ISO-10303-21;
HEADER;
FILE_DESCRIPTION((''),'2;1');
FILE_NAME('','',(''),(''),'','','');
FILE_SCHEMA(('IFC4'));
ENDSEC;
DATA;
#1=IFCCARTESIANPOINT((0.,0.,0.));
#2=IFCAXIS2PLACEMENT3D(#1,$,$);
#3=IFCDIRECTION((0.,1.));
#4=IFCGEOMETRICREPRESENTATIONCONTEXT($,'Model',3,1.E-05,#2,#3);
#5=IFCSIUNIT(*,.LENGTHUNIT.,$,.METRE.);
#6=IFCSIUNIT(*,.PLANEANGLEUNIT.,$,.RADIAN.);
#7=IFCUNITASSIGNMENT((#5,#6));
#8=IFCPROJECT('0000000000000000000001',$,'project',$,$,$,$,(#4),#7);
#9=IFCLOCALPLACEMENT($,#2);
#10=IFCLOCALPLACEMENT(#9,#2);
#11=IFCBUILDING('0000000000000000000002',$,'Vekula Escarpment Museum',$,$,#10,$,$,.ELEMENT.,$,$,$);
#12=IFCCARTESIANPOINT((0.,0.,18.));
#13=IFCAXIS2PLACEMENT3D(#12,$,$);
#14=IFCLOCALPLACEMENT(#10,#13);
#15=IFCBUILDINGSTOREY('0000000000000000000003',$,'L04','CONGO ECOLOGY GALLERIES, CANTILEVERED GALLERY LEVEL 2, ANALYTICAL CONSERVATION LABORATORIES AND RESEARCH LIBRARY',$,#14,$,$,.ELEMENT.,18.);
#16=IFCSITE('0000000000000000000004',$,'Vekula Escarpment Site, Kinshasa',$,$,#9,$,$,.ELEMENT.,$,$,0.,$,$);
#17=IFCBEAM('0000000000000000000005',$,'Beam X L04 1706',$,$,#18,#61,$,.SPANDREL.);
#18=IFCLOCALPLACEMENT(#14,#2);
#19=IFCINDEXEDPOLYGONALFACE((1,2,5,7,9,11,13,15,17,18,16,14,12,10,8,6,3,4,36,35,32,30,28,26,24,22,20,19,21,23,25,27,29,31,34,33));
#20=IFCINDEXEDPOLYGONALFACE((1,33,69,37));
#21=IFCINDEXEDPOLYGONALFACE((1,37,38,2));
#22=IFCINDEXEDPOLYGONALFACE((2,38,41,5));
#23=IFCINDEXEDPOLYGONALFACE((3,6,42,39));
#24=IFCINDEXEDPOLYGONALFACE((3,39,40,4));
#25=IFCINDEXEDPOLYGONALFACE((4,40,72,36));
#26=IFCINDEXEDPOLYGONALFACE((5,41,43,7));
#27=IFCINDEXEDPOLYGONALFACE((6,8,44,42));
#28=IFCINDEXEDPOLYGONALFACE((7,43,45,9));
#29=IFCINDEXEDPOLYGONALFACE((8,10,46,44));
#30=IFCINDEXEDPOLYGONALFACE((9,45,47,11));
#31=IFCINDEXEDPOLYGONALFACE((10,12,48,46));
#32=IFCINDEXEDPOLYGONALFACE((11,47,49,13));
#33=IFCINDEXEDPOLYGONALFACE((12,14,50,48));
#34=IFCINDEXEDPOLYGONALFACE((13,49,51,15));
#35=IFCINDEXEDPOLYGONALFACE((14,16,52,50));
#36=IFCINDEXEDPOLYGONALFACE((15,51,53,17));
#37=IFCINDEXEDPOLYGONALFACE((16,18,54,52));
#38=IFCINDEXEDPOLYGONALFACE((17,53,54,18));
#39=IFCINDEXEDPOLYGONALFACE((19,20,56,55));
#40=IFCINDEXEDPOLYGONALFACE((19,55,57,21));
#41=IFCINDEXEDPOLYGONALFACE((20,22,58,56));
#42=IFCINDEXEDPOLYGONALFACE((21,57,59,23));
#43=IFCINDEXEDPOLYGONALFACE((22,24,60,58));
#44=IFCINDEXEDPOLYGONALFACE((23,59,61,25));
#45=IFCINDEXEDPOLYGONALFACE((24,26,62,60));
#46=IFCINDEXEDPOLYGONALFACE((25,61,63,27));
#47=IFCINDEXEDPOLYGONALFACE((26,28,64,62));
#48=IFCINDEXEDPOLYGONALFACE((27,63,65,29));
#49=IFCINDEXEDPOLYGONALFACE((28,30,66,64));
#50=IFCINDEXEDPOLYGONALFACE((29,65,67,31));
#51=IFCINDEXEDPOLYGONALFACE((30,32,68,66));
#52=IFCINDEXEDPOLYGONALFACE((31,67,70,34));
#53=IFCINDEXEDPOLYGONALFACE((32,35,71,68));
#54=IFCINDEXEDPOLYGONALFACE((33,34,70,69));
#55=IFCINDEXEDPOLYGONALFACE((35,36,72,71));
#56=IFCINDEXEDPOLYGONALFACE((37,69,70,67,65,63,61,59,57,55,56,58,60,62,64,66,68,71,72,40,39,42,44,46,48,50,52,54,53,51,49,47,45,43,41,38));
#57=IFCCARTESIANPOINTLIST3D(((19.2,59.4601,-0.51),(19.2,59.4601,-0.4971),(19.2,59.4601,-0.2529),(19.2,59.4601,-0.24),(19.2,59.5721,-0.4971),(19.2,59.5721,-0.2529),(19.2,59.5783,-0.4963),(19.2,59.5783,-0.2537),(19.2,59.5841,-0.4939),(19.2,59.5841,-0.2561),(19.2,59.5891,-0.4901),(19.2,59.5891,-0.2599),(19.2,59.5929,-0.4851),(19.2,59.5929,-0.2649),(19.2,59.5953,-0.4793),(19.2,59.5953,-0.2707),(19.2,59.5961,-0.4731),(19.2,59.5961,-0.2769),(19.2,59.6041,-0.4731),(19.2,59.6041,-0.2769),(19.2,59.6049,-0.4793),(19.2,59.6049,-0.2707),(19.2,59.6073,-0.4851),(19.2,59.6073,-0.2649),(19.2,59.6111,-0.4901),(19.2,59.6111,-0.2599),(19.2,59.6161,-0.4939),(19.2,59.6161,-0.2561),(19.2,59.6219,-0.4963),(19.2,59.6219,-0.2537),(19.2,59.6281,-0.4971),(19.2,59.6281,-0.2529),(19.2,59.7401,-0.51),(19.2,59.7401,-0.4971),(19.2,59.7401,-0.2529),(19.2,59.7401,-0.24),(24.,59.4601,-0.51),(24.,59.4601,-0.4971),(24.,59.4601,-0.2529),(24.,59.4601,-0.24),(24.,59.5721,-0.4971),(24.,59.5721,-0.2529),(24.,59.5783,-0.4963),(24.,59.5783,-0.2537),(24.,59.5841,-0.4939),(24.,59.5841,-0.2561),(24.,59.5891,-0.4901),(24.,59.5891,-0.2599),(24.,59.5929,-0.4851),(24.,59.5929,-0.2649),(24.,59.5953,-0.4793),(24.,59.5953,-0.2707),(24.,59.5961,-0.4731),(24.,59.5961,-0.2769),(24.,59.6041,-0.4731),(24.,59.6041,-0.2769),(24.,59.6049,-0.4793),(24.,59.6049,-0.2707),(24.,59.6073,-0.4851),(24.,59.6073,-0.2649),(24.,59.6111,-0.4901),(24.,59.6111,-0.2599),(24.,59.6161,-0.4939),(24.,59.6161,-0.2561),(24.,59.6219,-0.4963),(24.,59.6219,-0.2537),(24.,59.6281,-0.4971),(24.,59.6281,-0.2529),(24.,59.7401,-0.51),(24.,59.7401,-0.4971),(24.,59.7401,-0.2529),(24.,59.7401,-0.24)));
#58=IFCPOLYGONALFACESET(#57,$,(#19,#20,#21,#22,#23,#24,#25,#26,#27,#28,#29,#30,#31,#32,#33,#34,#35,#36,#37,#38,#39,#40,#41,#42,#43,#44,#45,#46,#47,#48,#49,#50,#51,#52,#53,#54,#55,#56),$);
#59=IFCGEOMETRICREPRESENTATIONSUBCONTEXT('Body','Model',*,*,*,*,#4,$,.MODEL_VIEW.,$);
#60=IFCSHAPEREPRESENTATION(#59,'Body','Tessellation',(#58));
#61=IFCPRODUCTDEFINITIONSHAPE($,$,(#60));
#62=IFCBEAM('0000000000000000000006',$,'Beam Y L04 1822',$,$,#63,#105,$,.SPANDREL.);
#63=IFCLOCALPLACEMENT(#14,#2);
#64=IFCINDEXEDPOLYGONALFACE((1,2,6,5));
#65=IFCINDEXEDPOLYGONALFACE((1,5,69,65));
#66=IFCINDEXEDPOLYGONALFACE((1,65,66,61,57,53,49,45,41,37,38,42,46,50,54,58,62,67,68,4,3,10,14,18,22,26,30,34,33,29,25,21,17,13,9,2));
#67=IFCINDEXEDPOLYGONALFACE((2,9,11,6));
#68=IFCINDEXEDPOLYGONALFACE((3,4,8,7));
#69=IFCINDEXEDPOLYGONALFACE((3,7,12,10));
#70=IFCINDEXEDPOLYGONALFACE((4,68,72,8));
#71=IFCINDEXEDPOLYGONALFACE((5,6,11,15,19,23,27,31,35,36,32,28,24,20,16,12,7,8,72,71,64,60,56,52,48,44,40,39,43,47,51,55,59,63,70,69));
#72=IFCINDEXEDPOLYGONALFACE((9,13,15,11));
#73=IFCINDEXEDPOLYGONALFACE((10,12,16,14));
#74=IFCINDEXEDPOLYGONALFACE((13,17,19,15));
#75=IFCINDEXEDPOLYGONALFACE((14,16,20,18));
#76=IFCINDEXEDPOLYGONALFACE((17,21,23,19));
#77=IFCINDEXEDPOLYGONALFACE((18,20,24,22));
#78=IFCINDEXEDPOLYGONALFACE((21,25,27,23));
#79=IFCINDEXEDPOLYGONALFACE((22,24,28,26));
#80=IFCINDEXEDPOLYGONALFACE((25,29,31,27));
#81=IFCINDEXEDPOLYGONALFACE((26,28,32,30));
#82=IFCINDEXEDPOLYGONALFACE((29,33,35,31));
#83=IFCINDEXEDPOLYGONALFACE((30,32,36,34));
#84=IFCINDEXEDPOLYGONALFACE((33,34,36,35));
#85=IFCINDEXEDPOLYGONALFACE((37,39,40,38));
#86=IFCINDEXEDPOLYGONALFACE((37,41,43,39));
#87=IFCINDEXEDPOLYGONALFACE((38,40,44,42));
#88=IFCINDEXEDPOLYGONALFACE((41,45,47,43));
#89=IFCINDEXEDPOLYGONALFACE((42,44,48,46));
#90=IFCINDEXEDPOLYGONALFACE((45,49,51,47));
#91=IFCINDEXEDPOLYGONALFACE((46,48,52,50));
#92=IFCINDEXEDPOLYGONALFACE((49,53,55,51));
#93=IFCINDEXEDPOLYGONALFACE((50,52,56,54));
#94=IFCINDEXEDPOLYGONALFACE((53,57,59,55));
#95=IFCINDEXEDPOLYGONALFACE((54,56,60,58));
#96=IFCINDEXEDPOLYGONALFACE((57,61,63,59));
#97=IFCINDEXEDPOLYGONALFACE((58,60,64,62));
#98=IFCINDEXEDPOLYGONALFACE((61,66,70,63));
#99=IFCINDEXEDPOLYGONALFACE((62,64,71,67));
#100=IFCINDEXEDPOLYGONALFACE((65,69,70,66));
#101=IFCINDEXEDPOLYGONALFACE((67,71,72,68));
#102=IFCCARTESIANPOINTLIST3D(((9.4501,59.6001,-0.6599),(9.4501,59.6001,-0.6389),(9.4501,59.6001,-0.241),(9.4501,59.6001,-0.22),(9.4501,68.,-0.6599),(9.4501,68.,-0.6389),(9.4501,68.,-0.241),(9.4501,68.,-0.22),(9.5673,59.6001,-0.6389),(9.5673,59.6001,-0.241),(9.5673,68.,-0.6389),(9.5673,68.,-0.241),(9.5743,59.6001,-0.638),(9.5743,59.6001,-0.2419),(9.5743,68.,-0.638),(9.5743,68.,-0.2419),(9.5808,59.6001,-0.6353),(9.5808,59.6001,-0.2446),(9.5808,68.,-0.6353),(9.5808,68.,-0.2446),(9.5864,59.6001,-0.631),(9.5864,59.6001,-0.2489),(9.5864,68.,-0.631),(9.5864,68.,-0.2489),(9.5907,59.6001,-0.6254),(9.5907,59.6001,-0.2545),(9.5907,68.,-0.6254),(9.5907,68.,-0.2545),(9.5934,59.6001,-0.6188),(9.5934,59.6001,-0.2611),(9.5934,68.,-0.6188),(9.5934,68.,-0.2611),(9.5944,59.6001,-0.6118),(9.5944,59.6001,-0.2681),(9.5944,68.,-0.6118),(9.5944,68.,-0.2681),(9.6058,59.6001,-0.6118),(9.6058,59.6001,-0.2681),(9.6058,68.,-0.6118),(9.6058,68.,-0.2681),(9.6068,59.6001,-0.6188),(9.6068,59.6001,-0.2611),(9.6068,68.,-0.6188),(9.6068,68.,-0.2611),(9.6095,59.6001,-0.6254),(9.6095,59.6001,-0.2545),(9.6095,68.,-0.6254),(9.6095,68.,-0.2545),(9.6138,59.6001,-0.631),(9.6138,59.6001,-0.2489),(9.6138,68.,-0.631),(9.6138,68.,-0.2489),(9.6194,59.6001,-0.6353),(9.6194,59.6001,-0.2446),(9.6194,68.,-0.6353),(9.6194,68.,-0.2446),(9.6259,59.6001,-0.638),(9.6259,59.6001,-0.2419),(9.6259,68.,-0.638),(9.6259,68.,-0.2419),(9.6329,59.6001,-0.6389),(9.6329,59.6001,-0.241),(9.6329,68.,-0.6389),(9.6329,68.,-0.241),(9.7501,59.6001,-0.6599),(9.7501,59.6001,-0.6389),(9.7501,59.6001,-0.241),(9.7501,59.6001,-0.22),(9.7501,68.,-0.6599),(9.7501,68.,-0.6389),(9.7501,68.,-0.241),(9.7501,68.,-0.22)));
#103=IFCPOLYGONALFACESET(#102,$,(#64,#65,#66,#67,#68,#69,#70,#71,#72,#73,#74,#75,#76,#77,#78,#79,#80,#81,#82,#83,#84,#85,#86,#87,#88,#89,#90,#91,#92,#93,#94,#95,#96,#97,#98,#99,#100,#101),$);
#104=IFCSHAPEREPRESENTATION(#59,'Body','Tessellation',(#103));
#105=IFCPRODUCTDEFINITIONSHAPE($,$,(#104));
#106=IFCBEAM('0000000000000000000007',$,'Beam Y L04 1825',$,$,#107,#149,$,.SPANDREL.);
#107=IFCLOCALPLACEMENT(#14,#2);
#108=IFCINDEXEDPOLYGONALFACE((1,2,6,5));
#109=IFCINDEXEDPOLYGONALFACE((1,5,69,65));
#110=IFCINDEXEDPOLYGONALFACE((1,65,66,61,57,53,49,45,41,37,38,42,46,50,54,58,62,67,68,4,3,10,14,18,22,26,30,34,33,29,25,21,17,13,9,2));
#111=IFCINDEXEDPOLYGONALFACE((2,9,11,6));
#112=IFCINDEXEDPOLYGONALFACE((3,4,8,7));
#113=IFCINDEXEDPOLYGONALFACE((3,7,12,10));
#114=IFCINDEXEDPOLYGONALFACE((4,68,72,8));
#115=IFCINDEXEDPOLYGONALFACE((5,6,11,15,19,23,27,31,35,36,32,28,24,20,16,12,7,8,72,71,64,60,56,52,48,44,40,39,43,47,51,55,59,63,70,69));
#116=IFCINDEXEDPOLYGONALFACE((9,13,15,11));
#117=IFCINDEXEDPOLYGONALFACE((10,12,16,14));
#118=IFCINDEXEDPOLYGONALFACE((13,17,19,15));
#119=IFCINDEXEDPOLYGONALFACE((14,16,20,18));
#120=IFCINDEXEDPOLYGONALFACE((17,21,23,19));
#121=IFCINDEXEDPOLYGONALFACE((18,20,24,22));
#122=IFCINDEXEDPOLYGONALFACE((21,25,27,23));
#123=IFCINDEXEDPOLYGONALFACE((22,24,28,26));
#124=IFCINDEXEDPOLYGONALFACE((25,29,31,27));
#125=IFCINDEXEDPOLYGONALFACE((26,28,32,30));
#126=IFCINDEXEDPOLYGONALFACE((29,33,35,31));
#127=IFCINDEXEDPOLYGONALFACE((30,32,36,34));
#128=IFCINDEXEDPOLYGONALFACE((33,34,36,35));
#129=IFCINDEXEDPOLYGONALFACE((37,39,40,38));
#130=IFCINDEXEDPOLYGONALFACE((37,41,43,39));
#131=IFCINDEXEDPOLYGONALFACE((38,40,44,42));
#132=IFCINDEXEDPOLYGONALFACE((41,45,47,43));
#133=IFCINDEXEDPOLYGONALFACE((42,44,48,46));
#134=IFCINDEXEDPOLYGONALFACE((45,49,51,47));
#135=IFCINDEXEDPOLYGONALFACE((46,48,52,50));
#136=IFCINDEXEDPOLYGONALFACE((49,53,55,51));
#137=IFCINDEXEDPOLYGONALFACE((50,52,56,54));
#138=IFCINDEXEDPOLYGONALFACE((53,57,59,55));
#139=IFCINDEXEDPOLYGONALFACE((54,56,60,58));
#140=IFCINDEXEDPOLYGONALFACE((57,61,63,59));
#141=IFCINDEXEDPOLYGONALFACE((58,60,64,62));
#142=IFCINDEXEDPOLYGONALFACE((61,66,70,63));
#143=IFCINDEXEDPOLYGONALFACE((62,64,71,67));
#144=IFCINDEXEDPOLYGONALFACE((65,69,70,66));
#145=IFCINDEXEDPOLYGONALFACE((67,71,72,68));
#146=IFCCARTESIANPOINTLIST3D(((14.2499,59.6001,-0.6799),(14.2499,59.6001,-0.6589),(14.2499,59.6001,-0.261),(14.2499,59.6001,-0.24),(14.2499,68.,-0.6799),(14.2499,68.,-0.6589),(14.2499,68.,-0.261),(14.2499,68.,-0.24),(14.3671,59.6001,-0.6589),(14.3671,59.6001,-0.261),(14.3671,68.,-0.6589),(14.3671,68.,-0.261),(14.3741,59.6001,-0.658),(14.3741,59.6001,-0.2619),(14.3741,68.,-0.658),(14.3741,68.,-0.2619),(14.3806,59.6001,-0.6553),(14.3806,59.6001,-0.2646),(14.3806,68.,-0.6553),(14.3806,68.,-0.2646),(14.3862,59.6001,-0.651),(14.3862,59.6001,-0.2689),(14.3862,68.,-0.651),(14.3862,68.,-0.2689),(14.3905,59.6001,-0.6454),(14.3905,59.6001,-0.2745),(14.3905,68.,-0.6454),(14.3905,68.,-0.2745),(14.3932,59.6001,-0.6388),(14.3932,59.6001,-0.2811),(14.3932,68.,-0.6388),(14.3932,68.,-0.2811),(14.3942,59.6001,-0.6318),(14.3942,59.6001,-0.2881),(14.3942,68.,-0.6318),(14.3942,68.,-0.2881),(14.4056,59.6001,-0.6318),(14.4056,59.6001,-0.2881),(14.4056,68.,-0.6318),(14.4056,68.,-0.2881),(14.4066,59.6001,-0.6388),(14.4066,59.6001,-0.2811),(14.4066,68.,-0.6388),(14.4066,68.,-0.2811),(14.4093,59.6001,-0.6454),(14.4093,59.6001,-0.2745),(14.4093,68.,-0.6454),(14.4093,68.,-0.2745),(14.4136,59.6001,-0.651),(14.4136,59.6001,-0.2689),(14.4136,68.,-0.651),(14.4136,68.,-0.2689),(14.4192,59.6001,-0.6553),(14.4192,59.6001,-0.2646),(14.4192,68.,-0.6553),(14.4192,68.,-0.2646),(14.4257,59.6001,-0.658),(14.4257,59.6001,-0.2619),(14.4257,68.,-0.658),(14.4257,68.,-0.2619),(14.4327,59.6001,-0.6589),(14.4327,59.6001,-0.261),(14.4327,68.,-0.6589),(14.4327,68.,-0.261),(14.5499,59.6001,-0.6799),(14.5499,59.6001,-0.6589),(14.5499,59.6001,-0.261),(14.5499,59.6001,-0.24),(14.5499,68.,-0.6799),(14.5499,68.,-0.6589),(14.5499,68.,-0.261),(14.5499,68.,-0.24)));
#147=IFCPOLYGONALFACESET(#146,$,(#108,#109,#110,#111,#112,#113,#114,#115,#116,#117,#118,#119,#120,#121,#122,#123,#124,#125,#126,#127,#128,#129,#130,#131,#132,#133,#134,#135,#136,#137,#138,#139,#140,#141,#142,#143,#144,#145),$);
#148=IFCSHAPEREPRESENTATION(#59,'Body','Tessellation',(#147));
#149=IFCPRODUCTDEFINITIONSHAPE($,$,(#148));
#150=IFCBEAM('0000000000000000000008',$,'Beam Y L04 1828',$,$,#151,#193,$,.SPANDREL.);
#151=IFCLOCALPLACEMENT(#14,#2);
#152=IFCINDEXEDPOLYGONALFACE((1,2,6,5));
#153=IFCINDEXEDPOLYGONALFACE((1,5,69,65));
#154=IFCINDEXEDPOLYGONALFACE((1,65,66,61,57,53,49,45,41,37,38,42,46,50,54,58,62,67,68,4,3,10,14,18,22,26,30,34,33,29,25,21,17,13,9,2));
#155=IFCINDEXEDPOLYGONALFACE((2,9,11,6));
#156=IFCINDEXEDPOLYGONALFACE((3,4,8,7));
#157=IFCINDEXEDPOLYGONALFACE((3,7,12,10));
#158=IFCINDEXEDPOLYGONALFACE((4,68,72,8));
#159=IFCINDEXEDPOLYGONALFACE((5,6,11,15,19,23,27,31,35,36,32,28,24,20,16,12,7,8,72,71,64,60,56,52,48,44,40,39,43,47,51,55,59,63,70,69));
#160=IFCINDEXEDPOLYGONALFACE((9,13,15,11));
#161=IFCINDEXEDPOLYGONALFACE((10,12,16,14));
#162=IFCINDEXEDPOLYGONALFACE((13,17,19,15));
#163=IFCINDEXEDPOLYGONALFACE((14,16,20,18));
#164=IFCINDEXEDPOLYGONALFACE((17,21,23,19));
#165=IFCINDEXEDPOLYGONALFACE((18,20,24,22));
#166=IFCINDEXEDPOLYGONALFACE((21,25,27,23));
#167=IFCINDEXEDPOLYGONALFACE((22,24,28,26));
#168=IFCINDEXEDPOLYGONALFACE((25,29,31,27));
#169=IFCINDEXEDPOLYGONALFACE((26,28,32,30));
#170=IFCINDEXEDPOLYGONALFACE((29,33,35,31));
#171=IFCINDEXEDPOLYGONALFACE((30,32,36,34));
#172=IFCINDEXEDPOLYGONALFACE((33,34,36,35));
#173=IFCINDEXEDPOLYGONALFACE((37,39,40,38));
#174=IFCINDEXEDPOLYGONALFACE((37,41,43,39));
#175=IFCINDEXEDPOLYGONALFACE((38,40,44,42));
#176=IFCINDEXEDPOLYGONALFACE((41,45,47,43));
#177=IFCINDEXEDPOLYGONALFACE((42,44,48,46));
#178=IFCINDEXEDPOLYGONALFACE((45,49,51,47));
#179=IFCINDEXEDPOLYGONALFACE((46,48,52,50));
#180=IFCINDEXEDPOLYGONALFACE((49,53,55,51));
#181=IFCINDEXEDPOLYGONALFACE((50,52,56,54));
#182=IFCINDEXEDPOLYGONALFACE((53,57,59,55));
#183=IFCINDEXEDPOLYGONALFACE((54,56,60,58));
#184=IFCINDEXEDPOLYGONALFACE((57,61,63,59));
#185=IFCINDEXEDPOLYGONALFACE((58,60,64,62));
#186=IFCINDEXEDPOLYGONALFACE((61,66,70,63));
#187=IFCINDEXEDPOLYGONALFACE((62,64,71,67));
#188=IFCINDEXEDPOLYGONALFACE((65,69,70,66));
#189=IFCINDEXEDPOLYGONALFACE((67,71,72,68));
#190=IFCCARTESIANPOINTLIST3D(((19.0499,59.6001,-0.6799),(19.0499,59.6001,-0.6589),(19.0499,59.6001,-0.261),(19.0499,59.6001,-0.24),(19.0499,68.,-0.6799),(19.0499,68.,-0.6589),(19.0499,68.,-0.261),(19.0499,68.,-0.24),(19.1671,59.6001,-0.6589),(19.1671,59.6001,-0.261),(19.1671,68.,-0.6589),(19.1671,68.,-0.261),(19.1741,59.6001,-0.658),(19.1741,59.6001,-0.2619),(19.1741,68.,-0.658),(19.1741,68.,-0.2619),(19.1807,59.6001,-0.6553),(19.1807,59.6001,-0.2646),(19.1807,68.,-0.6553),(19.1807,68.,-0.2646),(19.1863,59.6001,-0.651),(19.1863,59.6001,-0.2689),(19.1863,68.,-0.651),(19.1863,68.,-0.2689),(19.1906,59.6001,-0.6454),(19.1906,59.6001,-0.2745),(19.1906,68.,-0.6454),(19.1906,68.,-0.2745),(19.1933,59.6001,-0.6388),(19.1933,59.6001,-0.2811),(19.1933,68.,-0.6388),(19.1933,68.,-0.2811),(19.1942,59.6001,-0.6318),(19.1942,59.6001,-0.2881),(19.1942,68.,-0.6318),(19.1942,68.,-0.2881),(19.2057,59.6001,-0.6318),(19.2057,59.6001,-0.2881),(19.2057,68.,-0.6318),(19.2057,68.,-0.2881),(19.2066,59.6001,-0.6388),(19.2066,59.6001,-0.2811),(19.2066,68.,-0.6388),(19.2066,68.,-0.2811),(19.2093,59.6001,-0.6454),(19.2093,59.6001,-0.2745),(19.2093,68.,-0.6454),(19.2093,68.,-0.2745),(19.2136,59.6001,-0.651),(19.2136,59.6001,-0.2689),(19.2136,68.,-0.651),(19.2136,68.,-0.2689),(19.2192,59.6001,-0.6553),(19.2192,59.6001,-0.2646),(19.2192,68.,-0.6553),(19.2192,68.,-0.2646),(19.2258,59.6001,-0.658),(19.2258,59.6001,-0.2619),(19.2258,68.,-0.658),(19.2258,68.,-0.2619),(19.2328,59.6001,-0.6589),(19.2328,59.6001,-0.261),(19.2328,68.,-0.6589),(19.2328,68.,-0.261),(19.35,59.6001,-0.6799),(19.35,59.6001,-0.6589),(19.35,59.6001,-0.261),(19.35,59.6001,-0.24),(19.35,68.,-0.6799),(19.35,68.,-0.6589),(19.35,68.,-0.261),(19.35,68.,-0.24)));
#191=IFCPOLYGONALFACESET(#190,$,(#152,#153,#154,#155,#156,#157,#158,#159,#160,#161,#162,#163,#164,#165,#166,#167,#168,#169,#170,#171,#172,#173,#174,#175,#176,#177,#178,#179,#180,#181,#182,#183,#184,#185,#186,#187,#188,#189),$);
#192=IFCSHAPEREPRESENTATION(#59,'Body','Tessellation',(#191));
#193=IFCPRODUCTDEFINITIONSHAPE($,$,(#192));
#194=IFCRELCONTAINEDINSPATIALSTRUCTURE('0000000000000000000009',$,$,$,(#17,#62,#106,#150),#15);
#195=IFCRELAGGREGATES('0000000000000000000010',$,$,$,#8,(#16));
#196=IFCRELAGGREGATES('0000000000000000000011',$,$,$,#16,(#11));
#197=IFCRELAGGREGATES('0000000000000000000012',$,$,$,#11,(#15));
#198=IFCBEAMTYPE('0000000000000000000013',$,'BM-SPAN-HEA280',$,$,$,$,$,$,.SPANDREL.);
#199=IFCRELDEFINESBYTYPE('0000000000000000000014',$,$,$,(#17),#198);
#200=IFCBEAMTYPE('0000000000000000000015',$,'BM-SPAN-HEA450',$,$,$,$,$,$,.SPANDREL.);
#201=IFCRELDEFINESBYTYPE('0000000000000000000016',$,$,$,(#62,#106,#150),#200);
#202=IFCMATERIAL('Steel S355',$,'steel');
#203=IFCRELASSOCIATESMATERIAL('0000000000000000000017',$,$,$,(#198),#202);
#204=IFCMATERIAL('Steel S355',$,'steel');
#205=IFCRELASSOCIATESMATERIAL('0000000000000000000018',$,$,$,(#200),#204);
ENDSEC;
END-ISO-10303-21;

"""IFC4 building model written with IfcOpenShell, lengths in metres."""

from ifc_helpers import new_model, si_unit, direction, frame, origin, origin_2d, place, context, subcontext, project, spatial, i_section, extrude, material, material_profile, profile_set, type_object, element, save


model = new_model("IFC4")

# Units and contexts
model_context = context("Model", 3, precision=1e-05, world=origin(), true_north=direction((0.0, 1.0)))
body_context = subcontext(model_context, "Body", "Model", "MODEL_VIEW")
ifc_project = project(units=[si_unit("LENGTHUNIT", "METRE"), si_unit("PLANEANGLEUNIT", "RADIAN")], contexts=[model_context])

# Site, building, storey
site_placement = place(None, origin())
site = spatial("IfcSite", under=ifc_project, at=site_placement, Name="Vekula Escarpment Site, Kinshasa", CompositionType="ELEMENT", RefElevation=0.0)
building_placement = place(site_placement, origin())
building = spatial("IfcBuilding", under=site, at=building_placement, Name="Vekula Escarpment Museum", CompositionType="ELEMENT")
storey_placement = place(building_placement, frame((0.0, 0.0, 18.0)))
storey = spatial("IfcBuildingStorey", under=building, at=storey_placement, Name="L04", Description="CONGO ECOLOGY GALLERIES, CANTILEVERED GALLERY LEVEL 2, ANALYTICAL CONSERVATION LABORATORIES AND RESEARCH LIBRARY", CompositionType="ELEMENT", Elevation=18.0)

# Beams
ifc_material_1 = material(Name="Steel S355", Category="steel")
ifc_material_profile_1 = material_profile(ifc_material_1, i_section(OverallWidth=0.28, OverallDepth=0.27, WebThickness=0.0081, FlangeThickness=0.0129, FilletRadius=0.0239, at=origin_2d()), Name="HEA 280")
ifc_profile_set_1 = profile_set([ifc_material_profile_1], Name="Steel S355")
beam_type_1 = type_object("IfcBeamType", Name="BM-SPAN-HEA280", PredefinedType="SPANDREL", material=ifc_profile_set_1)
for number, where, z_axis, x_axis, name in (
    (1, (19.2, 59.6001, -0.375), (1.0, 0.0, 0.0), (0.0, 1.0, 0.0), "Beam X L04 1706"),
):
    element("IfcBeam", number, at=place(storey_placement, frame(where, z_axis=z_axis, x_axis=x_axis)), inside=storey, type_object=beam_type_1, Name=name, PredefinedType="SPANDREL", context=body_context, shape_type="SweptSolid", body=[
        extrude(i_section(OverallWidth=0.28, OverallDepth=0.27, WebThickness=0.0081, FlangeThickness=0.0129, FilletRadius=0.0239, at=origin_2d()), origin(), (0.0, 0.0, 1.0), 4.8),
    ])
ifc_material_2 = material(Name="Steel S355", Category="steel")
ifc_material_profile_2 = material_profile(ifc_material_2, i_section(OverallWidth=0.3, OverallDepth=0.4399, WebThickness=0.0115, FlangeThickness=0.021, FilletRadius=0.0271, at=origin_2d()), Name="HEA 450")
ifc_profile_set_2 = profile_set([ifc_material_profile_2], Name="Steel S355")
beam_type_2 = type_object("IfcBeamType", Name="BM-SPAN-HEA450", PredefinedType="SPANDREL", material=ifc_profile_set_2)
for number, where, z_axis, x_axis, name in (
    (2, (9.6001, 59.6001, -0.4399), (0.0, 1.0, 0.0), (-1.0, 0.0, 0.0), "Beam Y L04 1822"),
    (3, (14.3999, 59.6001, -0.46), (0.0, 1.0, 0.0), (-1.0, 0.0, 0.0), "Beam Y L04 1825"),
    (4, (19.2, 59.6001, -0.46), (0.0, 1.0, 0.0), (-1.0, 0.0, 0.0), "Beam Y L04 1828"),
):
    element("IfcBeam", number, at=place(storey_placement, frame(where, z_axis=z_axis, x_axis=x_axis)), inside=storey, type_object=beam_type_2, Name=name, PredefinedType="SPANDREL", context=body_context, shape_type="SweptSolid", body=[
        extrude(i_section(OverallWidth=0.3, OverallDepth=0.4399, WebThickness=0.0115, FlangeThickness=0.021, FilletRadius=0.0271, at=origin_2d()), origin(), (0.0, 0.0, 1.0), 8.3999),
    ])

save(model, "model.ifc")
